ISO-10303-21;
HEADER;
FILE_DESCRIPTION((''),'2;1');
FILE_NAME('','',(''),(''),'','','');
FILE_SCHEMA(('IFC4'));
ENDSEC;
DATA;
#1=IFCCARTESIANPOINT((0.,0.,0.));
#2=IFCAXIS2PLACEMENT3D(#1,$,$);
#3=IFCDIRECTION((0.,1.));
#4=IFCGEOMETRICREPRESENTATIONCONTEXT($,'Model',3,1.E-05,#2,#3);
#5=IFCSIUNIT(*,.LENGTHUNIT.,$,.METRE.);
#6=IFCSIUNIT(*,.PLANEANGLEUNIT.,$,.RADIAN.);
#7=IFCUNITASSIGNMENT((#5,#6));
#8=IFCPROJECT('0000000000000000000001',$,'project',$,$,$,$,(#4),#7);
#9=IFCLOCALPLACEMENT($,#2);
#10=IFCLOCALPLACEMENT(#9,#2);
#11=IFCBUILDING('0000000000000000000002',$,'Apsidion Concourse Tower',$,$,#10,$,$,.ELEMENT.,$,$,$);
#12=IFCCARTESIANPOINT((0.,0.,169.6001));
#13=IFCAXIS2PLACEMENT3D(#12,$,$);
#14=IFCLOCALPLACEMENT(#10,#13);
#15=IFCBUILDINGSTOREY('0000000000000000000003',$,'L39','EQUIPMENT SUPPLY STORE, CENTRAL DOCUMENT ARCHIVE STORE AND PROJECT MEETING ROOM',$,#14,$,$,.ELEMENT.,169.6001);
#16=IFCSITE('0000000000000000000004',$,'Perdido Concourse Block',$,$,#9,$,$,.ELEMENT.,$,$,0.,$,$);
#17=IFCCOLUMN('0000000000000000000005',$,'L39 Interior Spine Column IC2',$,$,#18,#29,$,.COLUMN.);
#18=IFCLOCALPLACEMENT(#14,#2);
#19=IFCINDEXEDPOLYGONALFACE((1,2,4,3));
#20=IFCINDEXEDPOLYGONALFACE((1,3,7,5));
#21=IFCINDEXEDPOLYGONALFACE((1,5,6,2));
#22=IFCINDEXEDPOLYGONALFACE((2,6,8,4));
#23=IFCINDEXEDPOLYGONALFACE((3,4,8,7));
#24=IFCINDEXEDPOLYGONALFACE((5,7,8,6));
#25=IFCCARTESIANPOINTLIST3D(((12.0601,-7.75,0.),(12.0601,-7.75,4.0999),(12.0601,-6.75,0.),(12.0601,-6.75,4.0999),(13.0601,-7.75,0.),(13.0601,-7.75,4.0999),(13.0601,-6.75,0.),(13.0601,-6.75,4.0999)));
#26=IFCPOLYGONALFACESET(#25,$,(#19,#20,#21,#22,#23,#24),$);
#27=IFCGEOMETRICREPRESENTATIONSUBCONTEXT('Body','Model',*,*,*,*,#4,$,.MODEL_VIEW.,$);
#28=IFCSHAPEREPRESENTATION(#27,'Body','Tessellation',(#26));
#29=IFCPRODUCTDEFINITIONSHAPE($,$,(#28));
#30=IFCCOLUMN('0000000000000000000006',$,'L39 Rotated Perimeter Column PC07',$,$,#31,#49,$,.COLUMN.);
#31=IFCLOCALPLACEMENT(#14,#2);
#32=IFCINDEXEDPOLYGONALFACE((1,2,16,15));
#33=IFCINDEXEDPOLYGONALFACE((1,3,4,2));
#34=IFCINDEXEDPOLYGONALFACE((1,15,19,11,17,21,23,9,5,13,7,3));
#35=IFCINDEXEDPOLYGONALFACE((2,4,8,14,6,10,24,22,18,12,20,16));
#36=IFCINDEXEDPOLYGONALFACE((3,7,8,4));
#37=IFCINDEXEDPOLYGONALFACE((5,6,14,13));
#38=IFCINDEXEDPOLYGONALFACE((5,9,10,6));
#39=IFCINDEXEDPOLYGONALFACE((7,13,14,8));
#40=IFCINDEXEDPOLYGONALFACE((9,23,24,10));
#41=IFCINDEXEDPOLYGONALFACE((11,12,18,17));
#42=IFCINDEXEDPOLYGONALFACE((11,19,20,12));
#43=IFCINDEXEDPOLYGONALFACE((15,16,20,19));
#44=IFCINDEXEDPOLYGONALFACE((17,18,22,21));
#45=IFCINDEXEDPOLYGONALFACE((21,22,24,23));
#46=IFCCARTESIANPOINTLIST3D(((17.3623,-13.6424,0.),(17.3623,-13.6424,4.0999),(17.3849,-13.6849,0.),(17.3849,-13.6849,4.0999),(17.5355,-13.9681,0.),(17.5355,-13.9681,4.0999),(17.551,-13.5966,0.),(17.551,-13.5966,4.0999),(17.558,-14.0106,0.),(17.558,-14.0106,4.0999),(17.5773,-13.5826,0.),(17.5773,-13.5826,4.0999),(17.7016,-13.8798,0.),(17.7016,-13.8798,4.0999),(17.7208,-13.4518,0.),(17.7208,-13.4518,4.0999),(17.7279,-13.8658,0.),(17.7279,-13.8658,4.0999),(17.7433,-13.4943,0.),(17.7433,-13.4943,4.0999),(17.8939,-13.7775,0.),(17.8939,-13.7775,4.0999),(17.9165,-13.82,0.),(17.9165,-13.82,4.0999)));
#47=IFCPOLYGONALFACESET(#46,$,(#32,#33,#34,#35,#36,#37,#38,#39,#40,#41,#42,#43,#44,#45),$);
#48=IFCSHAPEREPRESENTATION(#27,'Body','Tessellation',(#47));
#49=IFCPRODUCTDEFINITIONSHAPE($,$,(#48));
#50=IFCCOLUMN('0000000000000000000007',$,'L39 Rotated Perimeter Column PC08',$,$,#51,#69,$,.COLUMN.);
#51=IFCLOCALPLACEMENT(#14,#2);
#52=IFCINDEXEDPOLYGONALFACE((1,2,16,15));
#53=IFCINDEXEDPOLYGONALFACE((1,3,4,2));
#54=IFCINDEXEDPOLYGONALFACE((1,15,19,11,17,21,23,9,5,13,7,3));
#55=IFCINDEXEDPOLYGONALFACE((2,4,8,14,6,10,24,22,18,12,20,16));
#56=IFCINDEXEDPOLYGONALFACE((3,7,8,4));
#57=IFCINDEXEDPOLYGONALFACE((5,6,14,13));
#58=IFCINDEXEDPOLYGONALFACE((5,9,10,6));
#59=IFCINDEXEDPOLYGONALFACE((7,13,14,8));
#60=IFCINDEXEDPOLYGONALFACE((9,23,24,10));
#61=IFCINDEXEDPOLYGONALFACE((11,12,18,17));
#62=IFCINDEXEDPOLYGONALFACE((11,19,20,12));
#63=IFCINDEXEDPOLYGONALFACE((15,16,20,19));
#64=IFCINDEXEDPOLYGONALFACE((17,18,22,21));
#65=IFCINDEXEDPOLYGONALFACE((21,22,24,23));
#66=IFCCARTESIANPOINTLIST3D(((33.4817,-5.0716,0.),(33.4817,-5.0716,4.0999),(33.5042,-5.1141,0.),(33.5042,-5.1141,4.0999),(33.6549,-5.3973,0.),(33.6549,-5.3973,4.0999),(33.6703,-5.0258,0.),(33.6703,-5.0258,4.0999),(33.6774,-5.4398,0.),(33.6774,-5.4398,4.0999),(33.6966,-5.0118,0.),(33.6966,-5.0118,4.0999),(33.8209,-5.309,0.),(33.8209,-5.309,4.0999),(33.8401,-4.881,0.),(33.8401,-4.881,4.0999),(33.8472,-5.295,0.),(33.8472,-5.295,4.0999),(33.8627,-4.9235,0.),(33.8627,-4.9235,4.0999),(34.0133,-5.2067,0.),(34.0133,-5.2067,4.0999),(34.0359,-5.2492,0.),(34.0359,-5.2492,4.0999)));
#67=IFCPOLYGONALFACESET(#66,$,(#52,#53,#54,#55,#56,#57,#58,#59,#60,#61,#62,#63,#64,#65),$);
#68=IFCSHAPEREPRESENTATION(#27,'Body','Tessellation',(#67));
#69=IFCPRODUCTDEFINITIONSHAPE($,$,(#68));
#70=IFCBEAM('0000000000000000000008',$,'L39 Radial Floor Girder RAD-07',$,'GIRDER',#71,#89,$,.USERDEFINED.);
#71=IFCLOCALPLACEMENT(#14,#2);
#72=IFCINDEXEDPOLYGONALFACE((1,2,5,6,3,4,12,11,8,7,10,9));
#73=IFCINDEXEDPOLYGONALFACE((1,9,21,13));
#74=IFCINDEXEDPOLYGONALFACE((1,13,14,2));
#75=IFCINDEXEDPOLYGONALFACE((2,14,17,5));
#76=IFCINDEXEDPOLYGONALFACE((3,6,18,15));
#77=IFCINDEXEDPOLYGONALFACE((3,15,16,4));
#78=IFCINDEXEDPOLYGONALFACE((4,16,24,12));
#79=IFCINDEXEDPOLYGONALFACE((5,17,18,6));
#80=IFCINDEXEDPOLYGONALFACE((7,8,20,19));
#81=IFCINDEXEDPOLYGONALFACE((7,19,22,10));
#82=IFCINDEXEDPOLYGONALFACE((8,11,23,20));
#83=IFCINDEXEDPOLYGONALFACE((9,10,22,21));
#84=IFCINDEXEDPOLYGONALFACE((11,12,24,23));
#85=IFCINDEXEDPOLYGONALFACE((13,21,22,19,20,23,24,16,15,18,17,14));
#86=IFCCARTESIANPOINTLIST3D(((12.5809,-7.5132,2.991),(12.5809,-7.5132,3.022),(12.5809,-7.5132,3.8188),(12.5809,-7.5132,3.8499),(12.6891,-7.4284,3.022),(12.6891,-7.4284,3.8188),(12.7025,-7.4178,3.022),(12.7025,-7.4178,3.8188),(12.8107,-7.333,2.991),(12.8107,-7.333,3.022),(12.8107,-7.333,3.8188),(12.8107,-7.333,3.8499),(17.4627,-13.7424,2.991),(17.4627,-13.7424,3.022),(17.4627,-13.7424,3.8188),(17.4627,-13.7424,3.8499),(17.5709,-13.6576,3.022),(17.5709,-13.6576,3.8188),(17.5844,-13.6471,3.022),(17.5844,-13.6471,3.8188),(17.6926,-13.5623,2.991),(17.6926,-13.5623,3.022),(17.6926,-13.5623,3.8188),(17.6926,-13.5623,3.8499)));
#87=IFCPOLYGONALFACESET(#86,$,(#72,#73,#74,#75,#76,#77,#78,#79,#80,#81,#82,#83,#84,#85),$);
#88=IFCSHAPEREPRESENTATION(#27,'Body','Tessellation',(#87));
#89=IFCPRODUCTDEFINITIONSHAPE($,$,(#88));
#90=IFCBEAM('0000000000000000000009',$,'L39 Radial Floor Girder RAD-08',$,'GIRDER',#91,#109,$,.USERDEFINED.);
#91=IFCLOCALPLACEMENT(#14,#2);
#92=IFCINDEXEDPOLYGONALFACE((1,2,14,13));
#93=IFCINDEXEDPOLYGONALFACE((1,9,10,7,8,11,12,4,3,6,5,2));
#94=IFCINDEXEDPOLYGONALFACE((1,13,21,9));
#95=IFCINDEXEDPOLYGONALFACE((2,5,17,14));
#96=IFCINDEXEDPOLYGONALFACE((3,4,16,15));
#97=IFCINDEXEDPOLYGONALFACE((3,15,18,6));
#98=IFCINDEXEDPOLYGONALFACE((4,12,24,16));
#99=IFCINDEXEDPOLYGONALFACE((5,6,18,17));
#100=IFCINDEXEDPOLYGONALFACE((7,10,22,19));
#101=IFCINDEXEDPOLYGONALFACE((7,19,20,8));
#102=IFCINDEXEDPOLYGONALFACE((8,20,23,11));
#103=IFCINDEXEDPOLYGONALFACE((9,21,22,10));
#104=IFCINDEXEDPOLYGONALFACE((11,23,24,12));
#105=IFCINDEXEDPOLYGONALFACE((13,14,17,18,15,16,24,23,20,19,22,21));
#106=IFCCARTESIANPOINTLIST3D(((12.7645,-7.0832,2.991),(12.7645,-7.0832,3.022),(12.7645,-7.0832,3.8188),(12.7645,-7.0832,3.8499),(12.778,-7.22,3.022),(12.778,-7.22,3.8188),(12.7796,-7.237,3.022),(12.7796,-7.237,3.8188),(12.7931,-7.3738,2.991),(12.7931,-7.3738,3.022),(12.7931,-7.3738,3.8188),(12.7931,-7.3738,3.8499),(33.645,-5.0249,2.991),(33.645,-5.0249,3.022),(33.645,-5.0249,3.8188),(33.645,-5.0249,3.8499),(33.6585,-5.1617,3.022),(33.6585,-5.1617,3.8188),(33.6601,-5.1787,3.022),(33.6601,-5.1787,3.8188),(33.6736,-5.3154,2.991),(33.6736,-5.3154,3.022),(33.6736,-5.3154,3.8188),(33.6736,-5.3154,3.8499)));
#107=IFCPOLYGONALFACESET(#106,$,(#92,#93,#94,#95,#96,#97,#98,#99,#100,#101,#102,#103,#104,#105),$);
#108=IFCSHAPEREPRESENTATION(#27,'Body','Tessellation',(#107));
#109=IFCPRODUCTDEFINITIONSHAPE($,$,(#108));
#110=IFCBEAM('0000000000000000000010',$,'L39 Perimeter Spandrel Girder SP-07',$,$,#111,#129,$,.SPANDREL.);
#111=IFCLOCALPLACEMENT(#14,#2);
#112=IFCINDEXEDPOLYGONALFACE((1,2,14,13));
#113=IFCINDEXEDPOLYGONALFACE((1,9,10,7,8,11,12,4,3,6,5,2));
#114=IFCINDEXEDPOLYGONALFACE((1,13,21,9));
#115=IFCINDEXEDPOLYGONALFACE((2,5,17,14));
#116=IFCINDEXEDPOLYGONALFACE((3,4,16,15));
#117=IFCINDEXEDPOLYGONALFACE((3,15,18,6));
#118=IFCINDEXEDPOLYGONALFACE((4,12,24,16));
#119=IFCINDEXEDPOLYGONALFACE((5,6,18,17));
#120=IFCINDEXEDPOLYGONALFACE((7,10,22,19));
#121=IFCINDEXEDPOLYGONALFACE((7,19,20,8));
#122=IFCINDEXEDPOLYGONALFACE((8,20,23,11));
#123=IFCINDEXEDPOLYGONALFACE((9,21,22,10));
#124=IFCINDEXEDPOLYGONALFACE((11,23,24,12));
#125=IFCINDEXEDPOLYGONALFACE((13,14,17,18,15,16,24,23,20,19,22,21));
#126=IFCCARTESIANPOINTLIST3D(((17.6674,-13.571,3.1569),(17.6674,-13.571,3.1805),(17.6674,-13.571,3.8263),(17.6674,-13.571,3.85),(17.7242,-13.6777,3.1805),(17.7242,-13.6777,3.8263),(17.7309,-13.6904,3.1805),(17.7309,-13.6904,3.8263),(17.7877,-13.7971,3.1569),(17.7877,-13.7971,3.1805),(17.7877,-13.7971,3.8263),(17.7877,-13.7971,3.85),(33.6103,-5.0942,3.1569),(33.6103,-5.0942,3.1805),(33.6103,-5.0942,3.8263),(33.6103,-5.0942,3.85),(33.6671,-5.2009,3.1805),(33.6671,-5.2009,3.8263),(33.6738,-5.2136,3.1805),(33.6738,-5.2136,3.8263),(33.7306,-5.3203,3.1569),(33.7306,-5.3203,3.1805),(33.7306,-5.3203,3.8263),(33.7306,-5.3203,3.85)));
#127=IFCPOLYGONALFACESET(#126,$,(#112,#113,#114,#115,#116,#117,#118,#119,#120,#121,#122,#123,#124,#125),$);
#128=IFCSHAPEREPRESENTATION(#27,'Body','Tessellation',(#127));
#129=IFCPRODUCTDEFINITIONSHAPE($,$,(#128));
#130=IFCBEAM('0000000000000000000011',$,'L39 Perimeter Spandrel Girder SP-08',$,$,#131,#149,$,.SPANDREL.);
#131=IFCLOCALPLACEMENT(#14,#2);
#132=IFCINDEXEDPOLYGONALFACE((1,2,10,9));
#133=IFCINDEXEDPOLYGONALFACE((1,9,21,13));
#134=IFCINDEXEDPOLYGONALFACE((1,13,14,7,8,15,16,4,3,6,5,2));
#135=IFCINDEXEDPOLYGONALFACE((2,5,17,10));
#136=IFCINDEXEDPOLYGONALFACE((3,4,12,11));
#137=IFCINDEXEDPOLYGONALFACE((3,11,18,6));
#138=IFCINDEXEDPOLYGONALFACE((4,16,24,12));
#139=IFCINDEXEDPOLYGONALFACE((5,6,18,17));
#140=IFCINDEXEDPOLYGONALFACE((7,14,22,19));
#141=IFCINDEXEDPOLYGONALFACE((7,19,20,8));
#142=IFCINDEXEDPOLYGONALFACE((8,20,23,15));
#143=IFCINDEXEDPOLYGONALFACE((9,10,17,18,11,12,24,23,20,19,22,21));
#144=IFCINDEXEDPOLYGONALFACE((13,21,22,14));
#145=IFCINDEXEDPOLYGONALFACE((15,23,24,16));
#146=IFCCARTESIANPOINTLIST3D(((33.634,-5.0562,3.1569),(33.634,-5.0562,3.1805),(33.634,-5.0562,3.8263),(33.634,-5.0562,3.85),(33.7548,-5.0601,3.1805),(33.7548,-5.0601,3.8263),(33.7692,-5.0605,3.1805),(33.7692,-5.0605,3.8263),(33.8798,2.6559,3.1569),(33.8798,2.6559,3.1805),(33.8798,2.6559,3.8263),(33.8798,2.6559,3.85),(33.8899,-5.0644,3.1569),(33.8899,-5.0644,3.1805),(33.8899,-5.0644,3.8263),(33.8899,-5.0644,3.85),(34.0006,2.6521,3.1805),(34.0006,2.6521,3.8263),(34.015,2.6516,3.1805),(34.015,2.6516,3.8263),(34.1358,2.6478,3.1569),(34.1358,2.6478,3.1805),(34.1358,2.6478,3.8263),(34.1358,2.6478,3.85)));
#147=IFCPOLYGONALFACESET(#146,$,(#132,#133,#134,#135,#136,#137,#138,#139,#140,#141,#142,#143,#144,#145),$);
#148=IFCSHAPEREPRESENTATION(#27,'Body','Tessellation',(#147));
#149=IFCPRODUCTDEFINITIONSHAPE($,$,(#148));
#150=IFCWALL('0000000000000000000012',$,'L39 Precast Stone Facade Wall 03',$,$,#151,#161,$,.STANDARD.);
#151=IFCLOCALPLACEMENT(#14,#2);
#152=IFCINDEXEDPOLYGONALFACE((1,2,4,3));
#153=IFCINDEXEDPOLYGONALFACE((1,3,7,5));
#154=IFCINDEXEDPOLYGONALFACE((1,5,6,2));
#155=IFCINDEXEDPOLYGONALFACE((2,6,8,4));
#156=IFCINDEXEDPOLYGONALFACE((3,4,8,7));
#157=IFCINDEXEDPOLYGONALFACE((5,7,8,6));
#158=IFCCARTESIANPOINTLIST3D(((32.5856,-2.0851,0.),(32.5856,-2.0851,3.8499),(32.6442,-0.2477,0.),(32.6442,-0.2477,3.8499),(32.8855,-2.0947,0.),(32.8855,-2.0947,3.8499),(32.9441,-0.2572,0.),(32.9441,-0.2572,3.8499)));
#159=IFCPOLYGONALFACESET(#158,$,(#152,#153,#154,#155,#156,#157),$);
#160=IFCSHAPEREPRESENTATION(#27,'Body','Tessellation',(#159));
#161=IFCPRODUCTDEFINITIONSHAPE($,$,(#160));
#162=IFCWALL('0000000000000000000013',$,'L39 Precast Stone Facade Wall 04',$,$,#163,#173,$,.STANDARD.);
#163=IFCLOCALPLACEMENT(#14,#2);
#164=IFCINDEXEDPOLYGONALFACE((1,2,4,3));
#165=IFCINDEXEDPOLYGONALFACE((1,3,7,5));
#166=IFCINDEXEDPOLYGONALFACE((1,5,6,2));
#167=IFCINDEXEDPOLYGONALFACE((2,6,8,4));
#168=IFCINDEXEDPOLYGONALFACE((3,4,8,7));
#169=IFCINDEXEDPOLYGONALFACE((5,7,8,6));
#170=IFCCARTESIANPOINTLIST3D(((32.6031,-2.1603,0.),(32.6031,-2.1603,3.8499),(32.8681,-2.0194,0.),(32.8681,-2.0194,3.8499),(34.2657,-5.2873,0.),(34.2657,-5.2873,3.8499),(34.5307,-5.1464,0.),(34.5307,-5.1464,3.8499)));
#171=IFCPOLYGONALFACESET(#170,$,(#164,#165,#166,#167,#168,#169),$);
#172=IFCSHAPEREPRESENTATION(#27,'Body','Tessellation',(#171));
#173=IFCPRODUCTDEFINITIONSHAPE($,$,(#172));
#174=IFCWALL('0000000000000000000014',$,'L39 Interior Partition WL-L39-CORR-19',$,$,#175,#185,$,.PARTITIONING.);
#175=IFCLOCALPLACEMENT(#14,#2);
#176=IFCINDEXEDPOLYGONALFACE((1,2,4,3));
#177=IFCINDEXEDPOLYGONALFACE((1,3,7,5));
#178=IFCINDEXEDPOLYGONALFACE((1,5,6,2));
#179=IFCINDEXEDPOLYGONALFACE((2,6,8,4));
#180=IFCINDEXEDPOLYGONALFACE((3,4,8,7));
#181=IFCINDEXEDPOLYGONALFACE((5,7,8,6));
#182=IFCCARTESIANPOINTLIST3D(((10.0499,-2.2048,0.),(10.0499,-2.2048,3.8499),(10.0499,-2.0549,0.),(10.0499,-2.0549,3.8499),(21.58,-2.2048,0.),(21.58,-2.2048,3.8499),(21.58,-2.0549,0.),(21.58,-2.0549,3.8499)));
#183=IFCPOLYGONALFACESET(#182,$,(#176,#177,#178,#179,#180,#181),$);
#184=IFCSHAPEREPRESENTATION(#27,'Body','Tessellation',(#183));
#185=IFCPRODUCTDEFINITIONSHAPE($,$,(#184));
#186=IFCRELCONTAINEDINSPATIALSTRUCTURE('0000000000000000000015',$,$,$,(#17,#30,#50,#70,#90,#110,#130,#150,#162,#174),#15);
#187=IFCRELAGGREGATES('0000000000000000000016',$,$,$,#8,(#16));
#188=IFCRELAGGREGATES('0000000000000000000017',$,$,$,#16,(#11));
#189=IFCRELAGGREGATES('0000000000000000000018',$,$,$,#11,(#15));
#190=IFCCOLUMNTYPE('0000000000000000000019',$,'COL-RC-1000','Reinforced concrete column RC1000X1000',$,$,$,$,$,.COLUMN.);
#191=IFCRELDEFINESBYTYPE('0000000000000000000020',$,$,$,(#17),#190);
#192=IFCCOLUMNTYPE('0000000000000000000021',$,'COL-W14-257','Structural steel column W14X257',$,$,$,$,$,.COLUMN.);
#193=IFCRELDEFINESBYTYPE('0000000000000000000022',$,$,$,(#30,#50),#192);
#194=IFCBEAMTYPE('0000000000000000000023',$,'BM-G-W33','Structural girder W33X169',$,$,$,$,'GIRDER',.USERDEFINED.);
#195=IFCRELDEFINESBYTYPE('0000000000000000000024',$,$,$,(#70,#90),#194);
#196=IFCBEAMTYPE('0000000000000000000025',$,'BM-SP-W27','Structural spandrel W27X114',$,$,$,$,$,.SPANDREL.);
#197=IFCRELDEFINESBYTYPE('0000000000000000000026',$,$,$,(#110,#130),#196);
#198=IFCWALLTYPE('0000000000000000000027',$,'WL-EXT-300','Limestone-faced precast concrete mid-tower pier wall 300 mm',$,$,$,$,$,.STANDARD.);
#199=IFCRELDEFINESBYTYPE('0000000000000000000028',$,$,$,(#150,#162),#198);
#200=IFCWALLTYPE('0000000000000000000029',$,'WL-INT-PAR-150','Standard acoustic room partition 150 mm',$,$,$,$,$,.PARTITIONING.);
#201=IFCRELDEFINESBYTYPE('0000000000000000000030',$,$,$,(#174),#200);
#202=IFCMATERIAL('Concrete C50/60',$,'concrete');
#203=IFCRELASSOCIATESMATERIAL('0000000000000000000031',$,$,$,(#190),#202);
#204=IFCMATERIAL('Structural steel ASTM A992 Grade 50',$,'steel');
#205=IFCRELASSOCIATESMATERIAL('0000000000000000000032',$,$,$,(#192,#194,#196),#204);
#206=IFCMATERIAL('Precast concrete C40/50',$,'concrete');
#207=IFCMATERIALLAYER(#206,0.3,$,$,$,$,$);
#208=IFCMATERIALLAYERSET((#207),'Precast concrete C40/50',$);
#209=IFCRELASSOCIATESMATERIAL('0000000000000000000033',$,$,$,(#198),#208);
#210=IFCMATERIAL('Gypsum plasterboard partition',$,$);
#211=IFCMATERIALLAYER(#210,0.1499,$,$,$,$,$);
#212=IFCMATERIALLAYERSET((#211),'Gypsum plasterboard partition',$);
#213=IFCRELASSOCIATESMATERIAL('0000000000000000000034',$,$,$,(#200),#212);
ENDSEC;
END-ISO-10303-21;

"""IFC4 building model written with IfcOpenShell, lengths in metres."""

from ifc_helpers import new_model, si_unit, direction, frame, frame_2d, origin, origin_2d, place, context, subcontext, project, spatial, rectangle, i_section, extrude, material, layer, layer_set, material_profile, profile_set, type_object, element, save


model = new_model("IFC4")

# Units and contexts
model_context = context("Model", 3, precision=1e-05, world=origin(), true_north=direction((0.0, 1.0)))
body_context = subcontext(model_context, "Body", "Model", "MODEL_VIEW")
ifc_project = project(units=[si_unit("LENGTHUNIT", "METRE"), si_unit("PLANEANGLEUNIT", "RADIAN")], contexts=[model_context])

# Site, building, storey
site_placement = place(None, origin())
site = spatial("IfcSite", under=ifc_project, at=site_placement, Name="Perdido Concourse Block", CompositionType="ELEMENT", RefElevation=0.0)
building_placement = place(site_placement, origin())
building = spatial("IfcBuilding", under=site, at=building_placement, Name="Apsidion Concourse Tower", CompositionType="ELEMENT")
storey_placement = place(building_placement, frame((0.0, 0.0, 169.6001)))
storey = spatial("IfcBuildingStorey", under=building, at=storey_placement, Name="L39", Description="EQUIPMENT SUPPLY STORE, CENTRAL DOCUMENT ARCHIVE STORE AND PROJECT MEETING ROOM", CompositionType="ELEMENT", Elevation=169.6001)

# Columns
ifc_material_1 = material(Name="Concrete C50/60", Category="concrete")
ifc_material_profile_1 = material_profile(ifc_material_1, rectangle(XDim=1.0, YDim=1.0, at=origin_2d()), Name="RC 1000x1000")
ifc_profile_set_1 = profile_set([ifc_material_profile_1], Name="Concrete C50/60")
column_type_1 = type_object("IfcColumnType", Name="COL-RC-1000", Description="Reinforced concrete column RC1000X1000", PredefinedType="COLUMN", material=ifc_profile_set_1)
column_placement = place(storey_placement, frame((12.5601, -7.25, 0.0), z_axis=(0.0, 0.0, 1.0), x_axis=(1.0, 0.0, 0.0)))
element("IfcColumn", 1, at=column_placement, inside=storey, type_object=column_type_1, Name="L39 Interior Spine Column IC2", PredefinedType="COLUMN", context=body_context, shape_type="SweptSolid", body=[
    extrude(rectangle(XDim=1.0, YDim=1.0, at=origin_2d()), origin(), (0.0, 0.0, 1.0), 4.0999),
])
ifc_material_2 = material(Name="Structural steel ASTM A992 Grade 50", Category="steel")
ifc_material_profile_2 = material_profile(ifc_material_2, i_section(OverallWidth=0.406, OverallDepth=0.417, WebThickness=0.0298, FlangeThickness=0.0481, at=origin_2d()), Name="W14X257")
ifc_profile_set_2 = profile_set([ifc_material_profile_2], Name="Structural steel ASTM A992 Grade 50")
column_type_2 = type_object("IfcColumnType", Name="COL-W14-257", Description="Structural steel column W14X257", PredefinedType="COLUMN", material=ifc_profile_set_2)
for number, where, z_axis, x_axis, name in (
    (2, (17.6394, -13.7312, 0.0), (0.0, 0.0, 1.0), (0.882948, 0.469472, 0.0), "L39 Rotated Perimeter Column PC07"),
    (3, (33.7588, -5.1604, 0.0), (0.0, 0.0, 1.0), (0.882948, 0.469472, 0.0), "L39 Rotated Perimeter Column PC08"),
):
    element("IfcColumn", number, at=place(storey_placement, frame(where, z_axis=z_axis, x_axis=x_axis)), inside=storey, type_object=column_type_2, Name=name, PredefinedType="COLUMN", context=body_context, shape_type="SweptSolid", body=[
        extrude(i_section(OverallWidth=0.406, OverallDepth=0.417, WebThickness=0.0298, FlangeThickness=0.0481, at=origin_2d()), origin(), (0.0, 0.0, 1.0), 4.0999),
    ])

# Beams
ifc_material_profile_3 = material_profile(ifc_material_2, i_section(OverallWidth=0.292, OverallDepth=0.8589, WebThickness=0.0171, FlangeThickness=0.031, at=origin_2d()), Name="W33X169")
ifc_profile_set_3 = profile_set([ifc_material_profile_3], Name="Structural steel ASTM A992 Grade 50")
beam_type_1 = type_object("IfcBeamType", Name="BM-G-W33", Description="Structural girder W33X169", ElementType="GIRDER", PredefinedType="USERDEFINED", material=ifc_profile_set_3)
beam_1_placement = place(storey_placement, frame((12.6958, -7.4231, 3.4204), z_axis=(0.616839, -0.78709, 0.0), x_axis=(0.78709, 0.616839, 0.0)))
element("IfcBeam", 4, at=beam_1_placement, inside=storey, type_object=beam_type_1, Name="L39 Radial Floor Girder RAD-07", ObjectType="GIRDER", PredefinedType="USERDEFINED", context=body_context, shape_type="SweptSolid", body=[
    extrude(i_section(OverallWidth=0.292, OverallDepth=0.8589, WebThickness=0.0171, FlangeThickness=0.031, at=origin_2d()), origin(), (0.0, 0.0, 1.0), 7.9143),
])
beam_2_placement = place(storey_placement, frame((12.7788, -7.2285, 3.4204), z_axis=(0.995176, 0.098103, 0.0), x_axis=(-0.098103, 0.995176, 0.0)))
element("IfcBeam", 5, at=beam_2_placement, inside=storey, type_object=beam_type_1, Name="L39 Radial Floor Girder RAD-08", ObjectType="GIRDER", PredefinedType="USERDEFINED", context=body_context, shape_type="SweptSolid", body=[
    extrude(i_section(OverallWidth=0.292, OverallDepth=0.8589, WebThickness=0.0171, FlangeThickness=0.031, at=origin_2d()), origin(), (0.0, 0.0, 1.0), 20.9817),
])
ifc_material_profile_4 = material_profile(ifc_material_2, i_section(OverallWidth=0.2561, OverallDepth=0.6931, WebThickness=0.0144, FlangeThickness=0.0237, at=origin_2d()), Name="W27X114")
ifc_profile_set_4 = profile_set([ifc_material_profile_4], Name="Structural steel ASTM A992 Grade 50")
beam_type_2 = type_object("IfcBeamType", Name="BM-SP-W27", Description="Structural spandrel W27X114", PredefinedType="SPANDREL", material=ifc_profile_set_4)
beam_3_placement = place(storey_placement, frame((17.7275, -13.6841, 3.5034), z_axis=(0.882951, 0.469464, 0.0), x_axis=(-0.469464, 0.882951, 0.0)))
element("IfcBeam", 6, at=beam_3_placement, inside=storey, type_object=beam_type_2, Name="L39 Perimeter Spandrel Girder SP-07", PredefinedType="SPANDREL", context=body_context, shape_type="SweptSolid", body=[
    extrude(i_section(OverallWidth=0.2561, OverallDepth=0.6931, WebThickness=0.0144, FlangeThickness=0.0237, at=origin_2d()), origin(), (0.0, 0.0, 1.0), 18.0564),
])
beam_4_placement = place(storey_placement, frame((33.762, -5.0603, 3.5034), z_axis=(0.031862, 0.999492, 0.0), x_axis=(-0.999492, 0.031862, 0.0)))
element("IfcBeam", 7, at=beam_4_placement, inside=storey, type_object=beam_type_2, Name="L39 Perimeter Spandrel Girder SP-08", PredefinedType="SPANDREL", context=body_context, shape_type="SweptSolid", body=[
    extrude(i_section(OverallWidth=0.2561, OverallDepth=0.6931, WebThickness=0.0144, FlangeThickness=0.0237, at=origin_2d()), origin(), (0.0, 0.0, 1.0), 7.7161),
])

# Walls
ifc_material_3 = material(Name="Precast concrete C40/50", Category="concrete")
ifc_layer_1 = layer(ifc_material_3, 0.3)
ifc_layer_set_1 = layer_set([ifc_layer_1], Name="Precast concrete C40/50")
wall_type_1 = type_object("IfcWallType", Name="WL-EXT-300", Description="Limestone-faced precast concrete mid-tower pier wall 300 mm", PredefinedType="STANDARD", material=ifc_layer_set_1)
wall_1_placement = place(storey_placement, frame((32.7942, -0.2524, 0.0), z_axis=(0.0, 0.0, 1.0), x_axis=(-0.031873, -0.999492, 0.0)))
element("IfcWall", 8, at=wall_1_placement, inside=storey, type_object=wall_type_1, Name="L39 Precast Stone Facade Wall 03", PredefinedType="STANDARD", context=body_context, shape_type="SweptSolid", body=[
    extrude(rectangle(XDim=1.8384, YDim=0.3, at=frame_2d((0.9192, 0.0))), origin(), (0.0, 0.0, 1.0), 3.8499),
])
wall_2_placement = place(storey_placement, frame((32.7356, -2.0898, 0.0), z_axis=(0.0, 0.0, 1.0), x_axis=(0.469464, -0.882951, 0.0)))
element("IfcWall", 9, at=wall_2_placement, inside=storey, type_object=wall_type_1, Name="L39 Precast Stone Facade Wall 04", PredefinedType="STANDARD", context=body_context, shape_type="SweptSolid", body=[
    extrude(rectangle(XDim=3.5415, YDim=0.3, at=frame_2d((1.7708, 0.0))), origin(), (0.0, 0.0, 1.0), 3.8499),
])

# Wall
ifc_material_4 = material(Name="Gypsum plasterboard partition")
ifc_layer_2 = layer(ifc_material_4, 0.1499)
ifc_layer_set_2 = layer_set([ifc_layer_2], Name="Gypsum plasterboard partition")
wall_type_2 = type_object("IfcWallType", Name="WL-INT-PAR-150", Description="Standard acoustic room partition 150 mm", PredefinedType="PARTITIONING", material=ifc_layer_set_2)
wall_3_placement = place(storey_placement, frame((21.5801, -2.1299, 0.0), z_axis=(0.0, 0.0, 1.0), x_axis=(-1.0, 0.0, 0.0)))
element("IfcWall", 10, at=wall_3_placement, inside=storey, type_object=wall_type_2, Name="L39 Interior Partition WL-L39-CORR-19", PredefinedType="PARTITIONING", context=body_context, shape_type="SweptSolid", body=[
    extrude(rectangle(XDim=11.53, YDim=0.1499, at=frame_2d((5.7651, 0.0))), origin(), (0.0, 0.0, 1.0), 3.8499),
])

save(model, "model.ifc")
